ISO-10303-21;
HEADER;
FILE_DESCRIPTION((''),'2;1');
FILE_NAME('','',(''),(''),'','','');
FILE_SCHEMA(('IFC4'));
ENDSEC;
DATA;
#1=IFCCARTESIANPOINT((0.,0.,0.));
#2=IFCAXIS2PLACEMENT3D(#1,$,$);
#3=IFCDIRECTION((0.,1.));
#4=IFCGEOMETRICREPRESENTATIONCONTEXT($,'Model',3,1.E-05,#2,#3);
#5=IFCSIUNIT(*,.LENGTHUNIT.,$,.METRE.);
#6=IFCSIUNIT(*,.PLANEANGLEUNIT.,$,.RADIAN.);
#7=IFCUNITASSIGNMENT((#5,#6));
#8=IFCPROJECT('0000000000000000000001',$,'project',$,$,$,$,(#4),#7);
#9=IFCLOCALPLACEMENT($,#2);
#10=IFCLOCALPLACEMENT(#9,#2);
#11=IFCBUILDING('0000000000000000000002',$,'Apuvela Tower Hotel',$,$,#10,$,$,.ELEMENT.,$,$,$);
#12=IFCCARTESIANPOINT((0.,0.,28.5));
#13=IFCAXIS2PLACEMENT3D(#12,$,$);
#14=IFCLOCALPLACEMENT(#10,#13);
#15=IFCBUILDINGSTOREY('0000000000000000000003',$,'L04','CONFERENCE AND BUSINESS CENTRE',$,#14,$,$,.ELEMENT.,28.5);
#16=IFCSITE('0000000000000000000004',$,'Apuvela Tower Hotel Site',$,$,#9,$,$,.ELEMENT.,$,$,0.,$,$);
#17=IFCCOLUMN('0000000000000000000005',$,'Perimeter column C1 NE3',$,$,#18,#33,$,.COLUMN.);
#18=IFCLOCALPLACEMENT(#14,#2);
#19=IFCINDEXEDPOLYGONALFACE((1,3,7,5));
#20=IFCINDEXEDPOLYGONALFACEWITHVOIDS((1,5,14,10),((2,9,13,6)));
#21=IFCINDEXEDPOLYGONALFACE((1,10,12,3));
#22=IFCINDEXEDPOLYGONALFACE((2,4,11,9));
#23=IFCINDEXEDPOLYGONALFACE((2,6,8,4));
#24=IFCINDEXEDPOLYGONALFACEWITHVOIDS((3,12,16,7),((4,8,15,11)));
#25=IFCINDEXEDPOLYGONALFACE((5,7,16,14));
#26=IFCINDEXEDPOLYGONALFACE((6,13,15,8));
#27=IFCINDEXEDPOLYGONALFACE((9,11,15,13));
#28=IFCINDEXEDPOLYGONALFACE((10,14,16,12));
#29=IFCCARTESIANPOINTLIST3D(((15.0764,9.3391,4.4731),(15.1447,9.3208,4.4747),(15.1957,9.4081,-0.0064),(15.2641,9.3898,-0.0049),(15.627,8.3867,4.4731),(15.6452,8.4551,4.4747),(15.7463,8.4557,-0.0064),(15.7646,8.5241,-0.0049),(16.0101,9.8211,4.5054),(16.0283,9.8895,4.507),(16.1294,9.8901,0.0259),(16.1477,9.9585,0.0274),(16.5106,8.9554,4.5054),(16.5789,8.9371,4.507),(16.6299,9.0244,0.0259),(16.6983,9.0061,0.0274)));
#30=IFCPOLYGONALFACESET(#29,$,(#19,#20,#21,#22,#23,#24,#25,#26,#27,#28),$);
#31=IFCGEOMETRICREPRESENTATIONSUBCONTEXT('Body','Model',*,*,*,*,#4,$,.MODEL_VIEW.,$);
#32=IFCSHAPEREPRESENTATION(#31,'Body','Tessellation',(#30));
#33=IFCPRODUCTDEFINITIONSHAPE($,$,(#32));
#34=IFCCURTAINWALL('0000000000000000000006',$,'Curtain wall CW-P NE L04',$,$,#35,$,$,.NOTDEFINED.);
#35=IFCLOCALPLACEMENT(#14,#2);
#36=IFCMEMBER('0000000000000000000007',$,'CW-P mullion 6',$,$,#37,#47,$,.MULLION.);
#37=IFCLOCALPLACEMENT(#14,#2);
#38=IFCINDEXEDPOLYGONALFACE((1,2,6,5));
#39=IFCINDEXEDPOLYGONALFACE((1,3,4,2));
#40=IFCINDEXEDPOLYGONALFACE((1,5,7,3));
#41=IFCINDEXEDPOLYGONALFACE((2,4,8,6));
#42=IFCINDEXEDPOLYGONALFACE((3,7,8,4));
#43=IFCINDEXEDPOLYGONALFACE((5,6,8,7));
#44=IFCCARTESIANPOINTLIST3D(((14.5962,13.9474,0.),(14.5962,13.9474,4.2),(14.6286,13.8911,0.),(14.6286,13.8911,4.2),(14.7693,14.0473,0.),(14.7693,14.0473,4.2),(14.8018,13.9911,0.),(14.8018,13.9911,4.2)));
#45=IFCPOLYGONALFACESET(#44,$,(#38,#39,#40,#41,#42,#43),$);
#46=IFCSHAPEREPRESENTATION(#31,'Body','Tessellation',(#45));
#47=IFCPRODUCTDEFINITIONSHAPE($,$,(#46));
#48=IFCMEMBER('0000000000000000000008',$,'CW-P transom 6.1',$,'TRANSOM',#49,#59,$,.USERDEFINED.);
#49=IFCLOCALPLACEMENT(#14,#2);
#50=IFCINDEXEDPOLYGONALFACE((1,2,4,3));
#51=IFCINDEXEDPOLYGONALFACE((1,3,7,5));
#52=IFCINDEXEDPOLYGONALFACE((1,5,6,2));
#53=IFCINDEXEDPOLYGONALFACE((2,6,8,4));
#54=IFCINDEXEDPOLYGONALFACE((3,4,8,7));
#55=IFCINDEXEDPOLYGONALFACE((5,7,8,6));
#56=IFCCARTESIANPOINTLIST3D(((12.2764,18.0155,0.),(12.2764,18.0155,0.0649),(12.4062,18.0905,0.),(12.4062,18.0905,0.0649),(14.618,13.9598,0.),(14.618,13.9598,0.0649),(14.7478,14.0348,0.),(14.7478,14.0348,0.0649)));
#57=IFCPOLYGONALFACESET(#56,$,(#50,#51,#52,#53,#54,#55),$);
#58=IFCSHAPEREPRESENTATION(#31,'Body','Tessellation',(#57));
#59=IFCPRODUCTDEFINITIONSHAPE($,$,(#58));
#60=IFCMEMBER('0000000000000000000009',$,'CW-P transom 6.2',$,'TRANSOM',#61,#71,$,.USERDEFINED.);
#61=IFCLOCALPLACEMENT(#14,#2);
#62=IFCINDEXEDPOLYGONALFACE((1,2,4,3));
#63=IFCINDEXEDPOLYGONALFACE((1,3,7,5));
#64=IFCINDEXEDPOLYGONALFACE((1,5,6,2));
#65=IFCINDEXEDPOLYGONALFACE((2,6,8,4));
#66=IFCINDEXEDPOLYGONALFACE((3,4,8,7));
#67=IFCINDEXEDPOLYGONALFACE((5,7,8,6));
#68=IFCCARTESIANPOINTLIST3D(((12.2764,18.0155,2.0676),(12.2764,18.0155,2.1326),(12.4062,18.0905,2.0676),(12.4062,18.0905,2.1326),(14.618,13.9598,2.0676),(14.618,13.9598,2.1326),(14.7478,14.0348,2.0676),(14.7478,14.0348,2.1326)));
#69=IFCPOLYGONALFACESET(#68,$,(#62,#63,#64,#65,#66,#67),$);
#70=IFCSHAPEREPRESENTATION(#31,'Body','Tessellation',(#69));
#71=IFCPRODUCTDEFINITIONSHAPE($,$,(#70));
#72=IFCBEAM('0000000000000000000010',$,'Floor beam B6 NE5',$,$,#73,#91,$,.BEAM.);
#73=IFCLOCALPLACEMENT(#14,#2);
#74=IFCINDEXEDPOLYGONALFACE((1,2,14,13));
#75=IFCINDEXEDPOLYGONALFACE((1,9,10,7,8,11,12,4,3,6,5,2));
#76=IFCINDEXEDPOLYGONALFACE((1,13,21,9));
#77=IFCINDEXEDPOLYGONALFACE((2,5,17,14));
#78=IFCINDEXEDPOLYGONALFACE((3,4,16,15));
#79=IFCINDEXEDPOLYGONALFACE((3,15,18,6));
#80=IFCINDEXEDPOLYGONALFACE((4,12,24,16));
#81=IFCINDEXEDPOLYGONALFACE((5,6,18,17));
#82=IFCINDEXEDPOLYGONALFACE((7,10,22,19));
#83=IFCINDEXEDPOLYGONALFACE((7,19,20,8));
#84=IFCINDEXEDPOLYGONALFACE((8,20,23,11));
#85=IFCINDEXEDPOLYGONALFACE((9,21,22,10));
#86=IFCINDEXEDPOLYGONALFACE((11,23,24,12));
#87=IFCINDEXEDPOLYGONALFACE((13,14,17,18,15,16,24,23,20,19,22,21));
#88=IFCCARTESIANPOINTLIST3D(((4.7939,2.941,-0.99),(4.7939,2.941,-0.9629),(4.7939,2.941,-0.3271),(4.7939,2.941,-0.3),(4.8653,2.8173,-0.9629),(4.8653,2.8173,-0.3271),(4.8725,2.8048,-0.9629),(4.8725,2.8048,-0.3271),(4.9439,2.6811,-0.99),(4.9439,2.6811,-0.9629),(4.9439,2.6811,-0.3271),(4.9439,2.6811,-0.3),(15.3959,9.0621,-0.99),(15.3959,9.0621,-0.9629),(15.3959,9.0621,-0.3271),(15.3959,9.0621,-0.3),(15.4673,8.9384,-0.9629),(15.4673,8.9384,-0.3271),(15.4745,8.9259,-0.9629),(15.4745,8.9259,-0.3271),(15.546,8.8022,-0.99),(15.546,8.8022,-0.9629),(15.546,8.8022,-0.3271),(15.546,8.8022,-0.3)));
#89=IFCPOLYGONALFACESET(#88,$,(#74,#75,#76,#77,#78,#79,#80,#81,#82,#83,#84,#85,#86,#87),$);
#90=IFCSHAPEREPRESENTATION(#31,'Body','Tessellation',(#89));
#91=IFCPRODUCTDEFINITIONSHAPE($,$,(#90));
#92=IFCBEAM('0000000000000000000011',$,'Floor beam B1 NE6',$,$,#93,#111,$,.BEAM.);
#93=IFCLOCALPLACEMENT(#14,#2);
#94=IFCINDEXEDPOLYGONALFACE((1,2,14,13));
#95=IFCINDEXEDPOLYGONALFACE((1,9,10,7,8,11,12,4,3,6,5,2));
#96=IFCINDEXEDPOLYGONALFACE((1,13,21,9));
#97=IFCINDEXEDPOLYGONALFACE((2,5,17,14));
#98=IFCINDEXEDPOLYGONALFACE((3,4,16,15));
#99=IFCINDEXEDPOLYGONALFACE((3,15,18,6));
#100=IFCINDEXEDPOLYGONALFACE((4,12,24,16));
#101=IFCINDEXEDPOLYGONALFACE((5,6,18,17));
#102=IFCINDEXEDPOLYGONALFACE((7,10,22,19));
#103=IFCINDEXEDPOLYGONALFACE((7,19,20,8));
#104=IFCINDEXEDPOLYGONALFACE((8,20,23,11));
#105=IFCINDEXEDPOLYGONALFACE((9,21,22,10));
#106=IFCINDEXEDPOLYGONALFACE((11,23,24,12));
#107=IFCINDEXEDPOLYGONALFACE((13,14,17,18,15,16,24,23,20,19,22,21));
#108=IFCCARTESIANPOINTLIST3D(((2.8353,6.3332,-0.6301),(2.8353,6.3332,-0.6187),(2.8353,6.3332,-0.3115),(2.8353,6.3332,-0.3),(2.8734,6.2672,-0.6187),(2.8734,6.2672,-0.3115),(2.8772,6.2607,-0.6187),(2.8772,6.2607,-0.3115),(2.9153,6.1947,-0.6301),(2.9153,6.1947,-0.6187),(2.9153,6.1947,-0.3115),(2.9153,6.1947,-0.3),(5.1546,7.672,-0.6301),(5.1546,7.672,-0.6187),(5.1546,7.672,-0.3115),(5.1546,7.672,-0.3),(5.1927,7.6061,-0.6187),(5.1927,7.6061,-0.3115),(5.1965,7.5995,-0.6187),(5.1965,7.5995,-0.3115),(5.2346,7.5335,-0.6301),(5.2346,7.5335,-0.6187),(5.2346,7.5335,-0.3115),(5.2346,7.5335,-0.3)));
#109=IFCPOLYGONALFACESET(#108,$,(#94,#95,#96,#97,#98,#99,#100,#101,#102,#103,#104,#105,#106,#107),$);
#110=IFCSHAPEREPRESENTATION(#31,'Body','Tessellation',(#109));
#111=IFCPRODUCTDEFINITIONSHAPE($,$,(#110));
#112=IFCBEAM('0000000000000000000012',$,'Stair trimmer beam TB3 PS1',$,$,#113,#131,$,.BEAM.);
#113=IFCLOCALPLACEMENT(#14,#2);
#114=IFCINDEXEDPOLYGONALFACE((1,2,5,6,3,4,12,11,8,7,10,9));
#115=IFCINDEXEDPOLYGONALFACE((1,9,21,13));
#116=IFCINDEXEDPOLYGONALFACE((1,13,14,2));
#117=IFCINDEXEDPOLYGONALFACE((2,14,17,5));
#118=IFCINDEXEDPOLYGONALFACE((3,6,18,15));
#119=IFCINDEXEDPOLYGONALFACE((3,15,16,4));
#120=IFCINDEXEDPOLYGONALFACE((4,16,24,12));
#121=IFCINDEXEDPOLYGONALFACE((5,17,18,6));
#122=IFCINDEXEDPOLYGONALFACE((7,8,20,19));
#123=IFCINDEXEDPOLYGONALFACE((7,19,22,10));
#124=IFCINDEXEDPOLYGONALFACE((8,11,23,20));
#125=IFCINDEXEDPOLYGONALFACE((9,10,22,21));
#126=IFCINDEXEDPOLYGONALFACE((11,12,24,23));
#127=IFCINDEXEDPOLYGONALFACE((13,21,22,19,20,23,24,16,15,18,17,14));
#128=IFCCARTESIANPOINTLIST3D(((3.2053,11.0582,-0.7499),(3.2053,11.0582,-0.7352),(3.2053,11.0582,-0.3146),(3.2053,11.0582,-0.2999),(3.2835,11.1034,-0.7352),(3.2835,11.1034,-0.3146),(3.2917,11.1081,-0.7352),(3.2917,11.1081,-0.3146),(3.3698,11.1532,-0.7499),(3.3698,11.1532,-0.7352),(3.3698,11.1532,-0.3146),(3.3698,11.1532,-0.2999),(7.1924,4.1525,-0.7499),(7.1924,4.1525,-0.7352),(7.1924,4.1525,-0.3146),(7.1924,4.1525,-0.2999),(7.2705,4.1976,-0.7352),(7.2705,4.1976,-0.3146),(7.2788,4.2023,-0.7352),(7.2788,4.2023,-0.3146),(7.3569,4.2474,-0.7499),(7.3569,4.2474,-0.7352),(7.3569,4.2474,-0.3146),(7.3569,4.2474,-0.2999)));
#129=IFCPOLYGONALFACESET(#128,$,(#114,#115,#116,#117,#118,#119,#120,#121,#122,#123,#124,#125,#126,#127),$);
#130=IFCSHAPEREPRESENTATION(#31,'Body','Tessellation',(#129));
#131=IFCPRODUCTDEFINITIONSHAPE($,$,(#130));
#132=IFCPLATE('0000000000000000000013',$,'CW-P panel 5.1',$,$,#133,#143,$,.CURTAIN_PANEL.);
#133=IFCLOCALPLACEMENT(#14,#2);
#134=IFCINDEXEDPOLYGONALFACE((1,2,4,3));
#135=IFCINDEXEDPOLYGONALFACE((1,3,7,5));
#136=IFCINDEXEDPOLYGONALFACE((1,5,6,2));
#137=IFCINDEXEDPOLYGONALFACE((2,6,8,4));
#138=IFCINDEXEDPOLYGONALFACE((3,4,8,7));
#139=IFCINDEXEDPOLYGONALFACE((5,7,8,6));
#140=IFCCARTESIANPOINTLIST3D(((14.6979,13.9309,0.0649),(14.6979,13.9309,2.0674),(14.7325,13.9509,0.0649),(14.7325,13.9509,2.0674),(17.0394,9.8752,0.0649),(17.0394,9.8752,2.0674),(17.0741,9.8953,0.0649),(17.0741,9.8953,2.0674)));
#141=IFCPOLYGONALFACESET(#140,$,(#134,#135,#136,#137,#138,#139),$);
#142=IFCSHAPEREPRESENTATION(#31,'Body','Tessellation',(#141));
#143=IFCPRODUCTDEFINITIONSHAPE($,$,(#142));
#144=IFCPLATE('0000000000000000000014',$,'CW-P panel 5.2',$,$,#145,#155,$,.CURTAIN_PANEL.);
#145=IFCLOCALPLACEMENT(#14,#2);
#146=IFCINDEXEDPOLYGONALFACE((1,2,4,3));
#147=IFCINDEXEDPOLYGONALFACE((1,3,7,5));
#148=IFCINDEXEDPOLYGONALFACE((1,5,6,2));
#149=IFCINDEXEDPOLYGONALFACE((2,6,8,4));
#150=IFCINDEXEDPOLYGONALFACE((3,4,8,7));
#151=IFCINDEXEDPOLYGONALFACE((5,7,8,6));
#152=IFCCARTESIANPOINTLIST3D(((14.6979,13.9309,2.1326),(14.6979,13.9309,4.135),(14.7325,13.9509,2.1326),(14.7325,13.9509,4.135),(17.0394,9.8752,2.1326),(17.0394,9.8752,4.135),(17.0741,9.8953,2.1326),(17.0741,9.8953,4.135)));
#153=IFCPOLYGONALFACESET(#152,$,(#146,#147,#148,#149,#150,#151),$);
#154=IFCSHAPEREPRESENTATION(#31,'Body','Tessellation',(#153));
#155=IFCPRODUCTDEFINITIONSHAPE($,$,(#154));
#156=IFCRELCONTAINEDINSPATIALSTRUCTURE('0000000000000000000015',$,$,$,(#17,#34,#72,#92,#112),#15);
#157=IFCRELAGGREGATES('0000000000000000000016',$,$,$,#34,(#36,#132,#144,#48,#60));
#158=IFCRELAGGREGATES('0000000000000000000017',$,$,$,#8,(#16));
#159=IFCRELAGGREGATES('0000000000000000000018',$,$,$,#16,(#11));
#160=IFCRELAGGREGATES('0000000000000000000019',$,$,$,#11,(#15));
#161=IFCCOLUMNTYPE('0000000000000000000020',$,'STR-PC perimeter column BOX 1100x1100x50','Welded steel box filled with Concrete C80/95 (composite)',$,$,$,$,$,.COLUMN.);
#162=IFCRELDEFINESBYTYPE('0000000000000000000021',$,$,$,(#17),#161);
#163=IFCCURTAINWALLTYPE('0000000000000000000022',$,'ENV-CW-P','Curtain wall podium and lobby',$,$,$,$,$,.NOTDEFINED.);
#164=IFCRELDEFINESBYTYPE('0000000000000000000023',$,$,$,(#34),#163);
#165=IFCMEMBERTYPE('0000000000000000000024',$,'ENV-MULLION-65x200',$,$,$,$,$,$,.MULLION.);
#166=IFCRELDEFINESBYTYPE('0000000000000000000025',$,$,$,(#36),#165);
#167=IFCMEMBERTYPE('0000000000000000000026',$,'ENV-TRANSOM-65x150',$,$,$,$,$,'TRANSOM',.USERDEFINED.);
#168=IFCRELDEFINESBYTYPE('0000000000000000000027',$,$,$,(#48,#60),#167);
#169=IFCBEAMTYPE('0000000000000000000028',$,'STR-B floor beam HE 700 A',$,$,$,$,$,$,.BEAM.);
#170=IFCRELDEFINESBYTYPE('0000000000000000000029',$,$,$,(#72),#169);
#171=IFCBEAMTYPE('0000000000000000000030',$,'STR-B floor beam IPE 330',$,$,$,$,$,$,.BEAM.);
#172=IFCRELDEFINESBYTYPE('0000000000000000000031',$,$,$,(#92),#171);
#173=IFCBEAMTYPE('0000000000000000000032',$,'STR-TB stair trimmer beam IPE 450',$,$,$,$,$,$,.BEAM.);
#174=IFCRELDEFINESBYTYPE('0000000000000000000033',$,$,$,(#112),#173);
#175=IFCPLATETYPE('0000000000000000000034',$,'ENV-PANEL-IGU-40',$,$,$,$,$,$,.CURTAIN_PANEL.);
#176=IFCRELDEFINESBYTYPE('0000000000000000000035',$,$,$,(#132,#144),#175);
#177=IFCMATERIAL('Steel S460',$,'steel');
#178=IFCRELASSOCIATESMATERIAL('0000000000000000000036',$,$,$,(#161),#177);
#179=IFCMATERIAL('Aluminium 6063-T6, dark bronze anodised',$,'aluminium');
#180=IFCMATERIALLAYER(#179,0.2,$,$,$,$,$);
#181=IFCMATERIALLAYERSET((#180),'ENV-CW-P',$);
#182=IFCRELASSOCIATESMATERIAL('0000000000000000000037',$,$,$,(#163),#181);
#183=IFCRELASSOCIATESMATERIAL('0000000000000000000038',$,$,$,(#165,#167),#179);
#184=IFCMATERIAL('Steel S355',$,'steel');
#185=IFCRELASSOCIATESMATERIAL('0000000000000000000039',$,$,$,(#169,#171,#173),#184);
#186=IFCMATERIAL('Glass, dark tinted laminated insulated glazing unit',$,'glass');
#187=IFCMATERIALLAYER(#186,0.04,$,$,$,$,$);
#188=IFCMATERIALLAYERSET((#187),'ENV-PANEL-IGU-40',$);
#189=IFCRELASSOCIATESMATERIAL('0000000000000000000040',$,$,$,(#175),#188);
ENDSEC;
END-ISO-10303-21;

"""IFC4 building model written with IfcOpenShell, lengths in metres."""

from ifc_helpers import new_model, si_unit, direction, frame, origin, origin_2d, place, context, subcontext, project, spatial, rectangle, hollow_rectangle, i_section, extrude, boolean, halfspace, material, layer, layer_set, material_profile, profile_set, type_object, element, aggregate, save


model = new_model("IFC4")

# Units and contexts
model_context = context("Model", 3, precision=1e-05, world=origin(), true_north=direction((0.0, 1.0)))
body_context = subcontext(model_context, "Body", "Model", "MODEL_VIEW")
ifc_project = project(units=[si_unit("LENGTHUNIT", "METRE"), si_unit("PLANEANGLEUNIT", "RADIAN")], contexts=[model_context])

# Site, building, storey
site_placement = place(None, origin())
site = spatial("IfcSite", under=ifc_project, at=site_placement, Name="Apuvela Tower Hotel Site", CompositionType="ELEMENT", RefElevation=0.0)
building_placement = place(site_placement, origin())
building = spatial("IfcBuilding", under=site, at=building_placement, Name="Apuvela Tower Hotel", CompositionType="ELEMENT")
storey_placement = place(building_placement, frame((0.0, 0.0, 28.5)))
storey = spatial("IfcBuildingStorey", under=building, at=storey_placement, Name="L04", Description="CONFERENCE AND BUSINESS CENTRE", CompositionType="ELEMENT", Elevation=28.5)

# Column
ifc_material_1 = material(Name="Steel S460", Category="steel")
ifc_material_profile_1 = material_profile(ifc_material_1, hollow_rectangle(XDim=1.1001, YDim=1.1001, WallThickness=0.05, at=origin_2d()), Name="BOX 1100x1100x50")
ifc_material_2 = material(Name="Concrete C80/95", Category="concrete")
ifc_material_profile_2 = material_profile(ifc_material_2, rectangle(XDim=1.0, YDim=1.0, at=origin_2d()), Name="Concrete C80/95 infill")
ifc_profile_set_1 = profile_set([ifc_material_profile_1, ifc_material_profile_2], Name="Steel S460")
column_type = type_object("IfcColumnType", Name="STR-PC perimeter column BOX 1100x1100x50", Description="Welded steel box filled with Concrete C80/95 (composite)", PredefinedType="COLUMN", material=ifc_profile_set_1)
column_placement = place(storey_placement, frame((15.9473, 9.2073, 0.0), z_axis=(-0.026626, -0.015401, 0.999527), x_axis=(-0.500508, 0.865732, 0.000006)))
element("IfcColumn", 1, at=column_placement, inside=storey, type_object=column_type, Name="Perimeter column C1 NE3", PredefinedType="COLUMN", context=body_context, shape_type="SweptSolid", body=[
    boolean("DIFFERENCE", boolean("DIFFERENCE", extrude(hollow_rectangle(XDim=1.1001, YDim=1.1001, WallThickness=0.05, at=origin_2d()), origin(), (0.0, 0.0, 1.0), 4.5022), halfspace(frame((0.0, 0.0, 0.0105), z_axis=(0.0, 0.0, 1.0), x_axis=(1.0, 0.0, 0.0)), True)), halfspace(frame((0.0, 0.0, 4.4922), z_axis=(0.0, 0.0, 1.0), x_axis=(1.0, 0.0, 0.0)), False)),
])

# Curtain wall, members
ifc_material_3 = material(Name="Aluminium 6063-T6, dark bronze anodised", Category="aluminium")
ifc_layer_1 = layer(ifc_material_3, 0.2)
ifc_layer_set_1 = layer_set([ifc_layer_1], Name="ENV-CW-P")
curtain_wall_type = type_object("IfcCurtainWallType", Name="ENV-CW-P", Description="Curtain wall podium and lobby", PredefinedType="NOTDEFINED", material=ifc_layer_set_1)
curtain_wall_placement = place(storey_placement, origin())
curtain_wall = element("IfcCurtainWall", 2, at=curtain_wall_placement, inside=storey, type_object=curtain_wall_type, Name="Curtain wall CW-P NE L04", PredefinedType="NOTDEFINED")
ifc_material_profile_3 = material_profile(ifc_material_3, rectangle(XDim=0.2, YDim=0.0649, at=origin_2d()), Name="AL 65x200")
ifc_profile_set_2 = profile_set([ifc_material_profile_3], Name="Aluminium 6063-T6, dark bronze anodised")
member_type_1 = type_object("IfcMemberType", Name="ENV-MULLION-65x200", PredefinedType="MULLION", material=ifc_profile_set_2)
member_1_placement = place(storey_placement, frame((14.699, 13.9692, 0.0), z_axis=(0.0, 0.0, 1.0), x_axis=(-0.866024, -0.500002, 0.0)))
member_1 = element("IfcMember", 3, at=member_1_placement, type_object=member_type_1, Name="CW-P mullion 6", PredefinedType="MULLION", context=body_context, shape_type="SweptSolid", body=[
    extrude(rectangle(XDim=0.2, YDim=0.0649, at=origin_2d()), origin(), (0.0, 0.0, 1.0), 4.2),
])
ifc_material_profile_4 = material_profile(ifc_material_3, rectangle(XDim=0.1499, YDim=0.0649, at=origin_2d()), Name="AL 65x150 transom")
ifc_profile_set_3 = profile_set([ifc_material_profile_4], Name="Aluminium 6063-T6, dark bronze anodised")
member_type_2 = type_object("IfcMemberType", Name="ENV-TRANSOM-65x150", ElementType="TRANSOM", PredefinedType="USERDEFINED", material=ifc_profile_set_3)
member_2_placement = place(storey_placement, frame((14.6829, 13.9973, 0.0325), z_axis=(-0.500002, 0.866024, 0.0), x_axis=(-0.866024, -0.500002, 0.0)))
member_2 = element("IfcMember", 4, at=member_2_placement, type_object=member_type_2, Name="CW-P transom 6.1", ObjectType="TRANSOM", PredefinedType="USERDEFINED", context=body_context, shape_type="SweptSolid", body=[
    extrude(rectangle(XDim=0.1499, YDim=0.0649, at=origin_2d()), origin(), (0.0, 0.0, 1.0), 4.6831),
])
member_3_placement = place(storey_placement, frame((14.6829, 13.9973, 2.1001), z_axis=(-0.500002, 0.866024, 0.0), x_axis=(-0.866024, -0.500002, 0.0)))
member_3 = element("IfcMember", 5, at=member_3_placement, type_object=member_type_2, Name="CW-P transom 6.2", ObjectType="TRANSOM", PredefinedType="USERDEFINED", context=body_context, shape_type="SweptSolid", body=[
    extrude(rectangle(XDim=0.1499, YDim=0.0649, at=origin_2d()), origin(), (0.0, 0.0, 1.0), 4.6831),
])

# Beams
ifc_material_4 = material(Name="Steel S355", Category="steel")
ifc_material_profile_5 = material_profile(ifc_material_4, i_section(OverallWidth=0.3, OverallDepth=0.6899, WebThickness=0.0144, FlangeThickness=0.0271, at=origin_2d()), Name="HE 700 A")
ifc_profile_set_4 = profile_set([ifc_material_profile_5], Name="Steel S355")
beam_type_1 = type_object("IfcBeamType", Name="STR-B floor beam HE 700 A", PredefinedType="BEAM", material=ifc_profile_set_4)
beam_1_placement = place(storey_placement, frame((15.4709, 8.9321, -0.645), z_axis=(-0.866026, -0.5, 0.0), x_axis=(0.5, -0.866026, 0.0)))
element("IfcBeam", 6, at=beam_1_placement, inside=storey, type_object=beam_type_1, Name="Floor beam B6 NE5", PredefinedType="BEAM", context=body_context, shape_type="SweptSolid", body=[
    extrude(i_section(OverallWidth=0.3, OverallDepth=0.6899, WebThickness=0.0144, FlangeThickness=0.0271, at=origin_2d()), origin(), (0.0, 0.0, 1.0), 12.2422),
])
ifc_material_profile_6 = material_profile(ifc_material_4, i_section(OverallWidth=0.1599, OverallDepth=0.3301, WebThickness=0.0076, FlangeThickness=0.0115, at=origin_2d()), Name="IPE 330")
ifc_profile_set_5 = profile_set([ifc_material_profile_6], Name="Steel S355")
beam_type_2 = type_object("IfcBeamType", Name="STR-B floor beam IPE 330", PredefinedType="BEAM", material=ifc_profile_set_5)
beam_2_placement = place(storey_placement, frame((5.1946, 7.6028, -0.4651), z_axis=(-0.866058, -0.499943, 0.0), x_axis=(0.499943, -0.866058, 0.0)))
element("IfcBeam", 7, at=beam_2_placement, inside=storey, type_object=beam_type_2, Name="Floor beam B1 NE6", PredefinedType="BEAM", context=body_context, shape_type="SweptSolid", body=[
    extrude(i_section(OverallWidth=0.1599, OverallDepth=0.3301, WebThickness=0.0076, FlangeThickness=0.0115, at=origin_2d()), origin(), (0.0, 0.0, 1.0), 2.678),
])
ifc_material_profile_7 = material_profile(ifc_material_4, i_section(OverallWidth=0.1899, OverallDepth=0.45, WebThickness=0.0095, FlangeThickness=0.0146, at=origin_2d()), Name="IPE 450")
ifc_profile_set_6 = profile_set([ifc_material_profile_7], Name="Steel S355")
beam_type_3 = type_object("IfcBeamType", Name="STR-TB stair trimmer beam IPE 450", PredefinedType="BEAM", material=ifc_profile_set_6)
beam_3_placement = place(storey_placement, frame((7.2747, 4.2, -0.5249), z_axis=(-0.500002, 0.866024, 0.0), x_axis=(-0.866024, -0.500002, 0.0)))
element("IfcBeam", 8, at=beam_3_placement, inside=storey, type_object=beam_type_3, Name="Stair trimmer beam TB3 PS1", PredefinedType="BEAM", context=body_context, shape_type="SweptSolid", body=[
    extrude(i_section(OverallWidth=0.1899, OverallDepth=0.45, WebThickness=0.0095, FlangeThickness=0.0146, at=origin_2d()), origin(), (0.0, 0.0, 1.0), 7.9741),
])

# Plates
ifc_material_5 = material(Name="Glass, dark tinted laminated insulated glazing unit", Category="glass")
ifc_layer_2 = layer(ifc_material_5, 0.04)
ifc_layer_set_2 = layer_set([ifc_layer_2], Name="ENV-PANEL-IGU-40")
plate_type = type_object("IfcPlateType", Name="ENV-PANEL-IGU-40", PredefinedType="CURTAIN_PANEL", material=ifc_layer_set_2)
plate_1_placement = place(storey_placement, frame((15.886, 11.9131, 0.0649), z_axis=(0.0, 0.0, 1.0), x_axis=(-0.500002, 0.866024, 0.0)))
plate_1 = element("IfcPlate", 9, at=plate_1_placement, type_object=plate_type, Name="CW-P panel 5.1", PredefinedType="CURTAIN_PANEL", context=body_context, shape_type="SweptSolid", body=[
    extrude(rectangle(XDim=4.6831, YDim=0.04, at=origin_2d()), origin(), (0.0, 0.0, 1.0), 2.0024),
])
plate_2_placement = place(storey_placement, frame((15.886, 11.9131, 2.1326), z_axis=(0.0, 0.0, 1.0), x_axis=(-0.500002, 0.866024, 0.0)))
plate_2 = element("IfcPlate", 10, at=plate_2_placement, type_object=plate_type, Name="CW-P panel 5.2", PredefinedType="CURTAIN_PANEL", context=body_context, shape_type="SweptSolid", body=[
    extrude(rectangle(XDim=4.6831, YDim=0.04, at=origin_2d()), origin(), (0.0, 0.0, 1.0), 2.0024),
])
aggregate(curtain_wall, [member_1, plate_1, plate_2, member_2, member_3])

save(model, "model.ifc")
